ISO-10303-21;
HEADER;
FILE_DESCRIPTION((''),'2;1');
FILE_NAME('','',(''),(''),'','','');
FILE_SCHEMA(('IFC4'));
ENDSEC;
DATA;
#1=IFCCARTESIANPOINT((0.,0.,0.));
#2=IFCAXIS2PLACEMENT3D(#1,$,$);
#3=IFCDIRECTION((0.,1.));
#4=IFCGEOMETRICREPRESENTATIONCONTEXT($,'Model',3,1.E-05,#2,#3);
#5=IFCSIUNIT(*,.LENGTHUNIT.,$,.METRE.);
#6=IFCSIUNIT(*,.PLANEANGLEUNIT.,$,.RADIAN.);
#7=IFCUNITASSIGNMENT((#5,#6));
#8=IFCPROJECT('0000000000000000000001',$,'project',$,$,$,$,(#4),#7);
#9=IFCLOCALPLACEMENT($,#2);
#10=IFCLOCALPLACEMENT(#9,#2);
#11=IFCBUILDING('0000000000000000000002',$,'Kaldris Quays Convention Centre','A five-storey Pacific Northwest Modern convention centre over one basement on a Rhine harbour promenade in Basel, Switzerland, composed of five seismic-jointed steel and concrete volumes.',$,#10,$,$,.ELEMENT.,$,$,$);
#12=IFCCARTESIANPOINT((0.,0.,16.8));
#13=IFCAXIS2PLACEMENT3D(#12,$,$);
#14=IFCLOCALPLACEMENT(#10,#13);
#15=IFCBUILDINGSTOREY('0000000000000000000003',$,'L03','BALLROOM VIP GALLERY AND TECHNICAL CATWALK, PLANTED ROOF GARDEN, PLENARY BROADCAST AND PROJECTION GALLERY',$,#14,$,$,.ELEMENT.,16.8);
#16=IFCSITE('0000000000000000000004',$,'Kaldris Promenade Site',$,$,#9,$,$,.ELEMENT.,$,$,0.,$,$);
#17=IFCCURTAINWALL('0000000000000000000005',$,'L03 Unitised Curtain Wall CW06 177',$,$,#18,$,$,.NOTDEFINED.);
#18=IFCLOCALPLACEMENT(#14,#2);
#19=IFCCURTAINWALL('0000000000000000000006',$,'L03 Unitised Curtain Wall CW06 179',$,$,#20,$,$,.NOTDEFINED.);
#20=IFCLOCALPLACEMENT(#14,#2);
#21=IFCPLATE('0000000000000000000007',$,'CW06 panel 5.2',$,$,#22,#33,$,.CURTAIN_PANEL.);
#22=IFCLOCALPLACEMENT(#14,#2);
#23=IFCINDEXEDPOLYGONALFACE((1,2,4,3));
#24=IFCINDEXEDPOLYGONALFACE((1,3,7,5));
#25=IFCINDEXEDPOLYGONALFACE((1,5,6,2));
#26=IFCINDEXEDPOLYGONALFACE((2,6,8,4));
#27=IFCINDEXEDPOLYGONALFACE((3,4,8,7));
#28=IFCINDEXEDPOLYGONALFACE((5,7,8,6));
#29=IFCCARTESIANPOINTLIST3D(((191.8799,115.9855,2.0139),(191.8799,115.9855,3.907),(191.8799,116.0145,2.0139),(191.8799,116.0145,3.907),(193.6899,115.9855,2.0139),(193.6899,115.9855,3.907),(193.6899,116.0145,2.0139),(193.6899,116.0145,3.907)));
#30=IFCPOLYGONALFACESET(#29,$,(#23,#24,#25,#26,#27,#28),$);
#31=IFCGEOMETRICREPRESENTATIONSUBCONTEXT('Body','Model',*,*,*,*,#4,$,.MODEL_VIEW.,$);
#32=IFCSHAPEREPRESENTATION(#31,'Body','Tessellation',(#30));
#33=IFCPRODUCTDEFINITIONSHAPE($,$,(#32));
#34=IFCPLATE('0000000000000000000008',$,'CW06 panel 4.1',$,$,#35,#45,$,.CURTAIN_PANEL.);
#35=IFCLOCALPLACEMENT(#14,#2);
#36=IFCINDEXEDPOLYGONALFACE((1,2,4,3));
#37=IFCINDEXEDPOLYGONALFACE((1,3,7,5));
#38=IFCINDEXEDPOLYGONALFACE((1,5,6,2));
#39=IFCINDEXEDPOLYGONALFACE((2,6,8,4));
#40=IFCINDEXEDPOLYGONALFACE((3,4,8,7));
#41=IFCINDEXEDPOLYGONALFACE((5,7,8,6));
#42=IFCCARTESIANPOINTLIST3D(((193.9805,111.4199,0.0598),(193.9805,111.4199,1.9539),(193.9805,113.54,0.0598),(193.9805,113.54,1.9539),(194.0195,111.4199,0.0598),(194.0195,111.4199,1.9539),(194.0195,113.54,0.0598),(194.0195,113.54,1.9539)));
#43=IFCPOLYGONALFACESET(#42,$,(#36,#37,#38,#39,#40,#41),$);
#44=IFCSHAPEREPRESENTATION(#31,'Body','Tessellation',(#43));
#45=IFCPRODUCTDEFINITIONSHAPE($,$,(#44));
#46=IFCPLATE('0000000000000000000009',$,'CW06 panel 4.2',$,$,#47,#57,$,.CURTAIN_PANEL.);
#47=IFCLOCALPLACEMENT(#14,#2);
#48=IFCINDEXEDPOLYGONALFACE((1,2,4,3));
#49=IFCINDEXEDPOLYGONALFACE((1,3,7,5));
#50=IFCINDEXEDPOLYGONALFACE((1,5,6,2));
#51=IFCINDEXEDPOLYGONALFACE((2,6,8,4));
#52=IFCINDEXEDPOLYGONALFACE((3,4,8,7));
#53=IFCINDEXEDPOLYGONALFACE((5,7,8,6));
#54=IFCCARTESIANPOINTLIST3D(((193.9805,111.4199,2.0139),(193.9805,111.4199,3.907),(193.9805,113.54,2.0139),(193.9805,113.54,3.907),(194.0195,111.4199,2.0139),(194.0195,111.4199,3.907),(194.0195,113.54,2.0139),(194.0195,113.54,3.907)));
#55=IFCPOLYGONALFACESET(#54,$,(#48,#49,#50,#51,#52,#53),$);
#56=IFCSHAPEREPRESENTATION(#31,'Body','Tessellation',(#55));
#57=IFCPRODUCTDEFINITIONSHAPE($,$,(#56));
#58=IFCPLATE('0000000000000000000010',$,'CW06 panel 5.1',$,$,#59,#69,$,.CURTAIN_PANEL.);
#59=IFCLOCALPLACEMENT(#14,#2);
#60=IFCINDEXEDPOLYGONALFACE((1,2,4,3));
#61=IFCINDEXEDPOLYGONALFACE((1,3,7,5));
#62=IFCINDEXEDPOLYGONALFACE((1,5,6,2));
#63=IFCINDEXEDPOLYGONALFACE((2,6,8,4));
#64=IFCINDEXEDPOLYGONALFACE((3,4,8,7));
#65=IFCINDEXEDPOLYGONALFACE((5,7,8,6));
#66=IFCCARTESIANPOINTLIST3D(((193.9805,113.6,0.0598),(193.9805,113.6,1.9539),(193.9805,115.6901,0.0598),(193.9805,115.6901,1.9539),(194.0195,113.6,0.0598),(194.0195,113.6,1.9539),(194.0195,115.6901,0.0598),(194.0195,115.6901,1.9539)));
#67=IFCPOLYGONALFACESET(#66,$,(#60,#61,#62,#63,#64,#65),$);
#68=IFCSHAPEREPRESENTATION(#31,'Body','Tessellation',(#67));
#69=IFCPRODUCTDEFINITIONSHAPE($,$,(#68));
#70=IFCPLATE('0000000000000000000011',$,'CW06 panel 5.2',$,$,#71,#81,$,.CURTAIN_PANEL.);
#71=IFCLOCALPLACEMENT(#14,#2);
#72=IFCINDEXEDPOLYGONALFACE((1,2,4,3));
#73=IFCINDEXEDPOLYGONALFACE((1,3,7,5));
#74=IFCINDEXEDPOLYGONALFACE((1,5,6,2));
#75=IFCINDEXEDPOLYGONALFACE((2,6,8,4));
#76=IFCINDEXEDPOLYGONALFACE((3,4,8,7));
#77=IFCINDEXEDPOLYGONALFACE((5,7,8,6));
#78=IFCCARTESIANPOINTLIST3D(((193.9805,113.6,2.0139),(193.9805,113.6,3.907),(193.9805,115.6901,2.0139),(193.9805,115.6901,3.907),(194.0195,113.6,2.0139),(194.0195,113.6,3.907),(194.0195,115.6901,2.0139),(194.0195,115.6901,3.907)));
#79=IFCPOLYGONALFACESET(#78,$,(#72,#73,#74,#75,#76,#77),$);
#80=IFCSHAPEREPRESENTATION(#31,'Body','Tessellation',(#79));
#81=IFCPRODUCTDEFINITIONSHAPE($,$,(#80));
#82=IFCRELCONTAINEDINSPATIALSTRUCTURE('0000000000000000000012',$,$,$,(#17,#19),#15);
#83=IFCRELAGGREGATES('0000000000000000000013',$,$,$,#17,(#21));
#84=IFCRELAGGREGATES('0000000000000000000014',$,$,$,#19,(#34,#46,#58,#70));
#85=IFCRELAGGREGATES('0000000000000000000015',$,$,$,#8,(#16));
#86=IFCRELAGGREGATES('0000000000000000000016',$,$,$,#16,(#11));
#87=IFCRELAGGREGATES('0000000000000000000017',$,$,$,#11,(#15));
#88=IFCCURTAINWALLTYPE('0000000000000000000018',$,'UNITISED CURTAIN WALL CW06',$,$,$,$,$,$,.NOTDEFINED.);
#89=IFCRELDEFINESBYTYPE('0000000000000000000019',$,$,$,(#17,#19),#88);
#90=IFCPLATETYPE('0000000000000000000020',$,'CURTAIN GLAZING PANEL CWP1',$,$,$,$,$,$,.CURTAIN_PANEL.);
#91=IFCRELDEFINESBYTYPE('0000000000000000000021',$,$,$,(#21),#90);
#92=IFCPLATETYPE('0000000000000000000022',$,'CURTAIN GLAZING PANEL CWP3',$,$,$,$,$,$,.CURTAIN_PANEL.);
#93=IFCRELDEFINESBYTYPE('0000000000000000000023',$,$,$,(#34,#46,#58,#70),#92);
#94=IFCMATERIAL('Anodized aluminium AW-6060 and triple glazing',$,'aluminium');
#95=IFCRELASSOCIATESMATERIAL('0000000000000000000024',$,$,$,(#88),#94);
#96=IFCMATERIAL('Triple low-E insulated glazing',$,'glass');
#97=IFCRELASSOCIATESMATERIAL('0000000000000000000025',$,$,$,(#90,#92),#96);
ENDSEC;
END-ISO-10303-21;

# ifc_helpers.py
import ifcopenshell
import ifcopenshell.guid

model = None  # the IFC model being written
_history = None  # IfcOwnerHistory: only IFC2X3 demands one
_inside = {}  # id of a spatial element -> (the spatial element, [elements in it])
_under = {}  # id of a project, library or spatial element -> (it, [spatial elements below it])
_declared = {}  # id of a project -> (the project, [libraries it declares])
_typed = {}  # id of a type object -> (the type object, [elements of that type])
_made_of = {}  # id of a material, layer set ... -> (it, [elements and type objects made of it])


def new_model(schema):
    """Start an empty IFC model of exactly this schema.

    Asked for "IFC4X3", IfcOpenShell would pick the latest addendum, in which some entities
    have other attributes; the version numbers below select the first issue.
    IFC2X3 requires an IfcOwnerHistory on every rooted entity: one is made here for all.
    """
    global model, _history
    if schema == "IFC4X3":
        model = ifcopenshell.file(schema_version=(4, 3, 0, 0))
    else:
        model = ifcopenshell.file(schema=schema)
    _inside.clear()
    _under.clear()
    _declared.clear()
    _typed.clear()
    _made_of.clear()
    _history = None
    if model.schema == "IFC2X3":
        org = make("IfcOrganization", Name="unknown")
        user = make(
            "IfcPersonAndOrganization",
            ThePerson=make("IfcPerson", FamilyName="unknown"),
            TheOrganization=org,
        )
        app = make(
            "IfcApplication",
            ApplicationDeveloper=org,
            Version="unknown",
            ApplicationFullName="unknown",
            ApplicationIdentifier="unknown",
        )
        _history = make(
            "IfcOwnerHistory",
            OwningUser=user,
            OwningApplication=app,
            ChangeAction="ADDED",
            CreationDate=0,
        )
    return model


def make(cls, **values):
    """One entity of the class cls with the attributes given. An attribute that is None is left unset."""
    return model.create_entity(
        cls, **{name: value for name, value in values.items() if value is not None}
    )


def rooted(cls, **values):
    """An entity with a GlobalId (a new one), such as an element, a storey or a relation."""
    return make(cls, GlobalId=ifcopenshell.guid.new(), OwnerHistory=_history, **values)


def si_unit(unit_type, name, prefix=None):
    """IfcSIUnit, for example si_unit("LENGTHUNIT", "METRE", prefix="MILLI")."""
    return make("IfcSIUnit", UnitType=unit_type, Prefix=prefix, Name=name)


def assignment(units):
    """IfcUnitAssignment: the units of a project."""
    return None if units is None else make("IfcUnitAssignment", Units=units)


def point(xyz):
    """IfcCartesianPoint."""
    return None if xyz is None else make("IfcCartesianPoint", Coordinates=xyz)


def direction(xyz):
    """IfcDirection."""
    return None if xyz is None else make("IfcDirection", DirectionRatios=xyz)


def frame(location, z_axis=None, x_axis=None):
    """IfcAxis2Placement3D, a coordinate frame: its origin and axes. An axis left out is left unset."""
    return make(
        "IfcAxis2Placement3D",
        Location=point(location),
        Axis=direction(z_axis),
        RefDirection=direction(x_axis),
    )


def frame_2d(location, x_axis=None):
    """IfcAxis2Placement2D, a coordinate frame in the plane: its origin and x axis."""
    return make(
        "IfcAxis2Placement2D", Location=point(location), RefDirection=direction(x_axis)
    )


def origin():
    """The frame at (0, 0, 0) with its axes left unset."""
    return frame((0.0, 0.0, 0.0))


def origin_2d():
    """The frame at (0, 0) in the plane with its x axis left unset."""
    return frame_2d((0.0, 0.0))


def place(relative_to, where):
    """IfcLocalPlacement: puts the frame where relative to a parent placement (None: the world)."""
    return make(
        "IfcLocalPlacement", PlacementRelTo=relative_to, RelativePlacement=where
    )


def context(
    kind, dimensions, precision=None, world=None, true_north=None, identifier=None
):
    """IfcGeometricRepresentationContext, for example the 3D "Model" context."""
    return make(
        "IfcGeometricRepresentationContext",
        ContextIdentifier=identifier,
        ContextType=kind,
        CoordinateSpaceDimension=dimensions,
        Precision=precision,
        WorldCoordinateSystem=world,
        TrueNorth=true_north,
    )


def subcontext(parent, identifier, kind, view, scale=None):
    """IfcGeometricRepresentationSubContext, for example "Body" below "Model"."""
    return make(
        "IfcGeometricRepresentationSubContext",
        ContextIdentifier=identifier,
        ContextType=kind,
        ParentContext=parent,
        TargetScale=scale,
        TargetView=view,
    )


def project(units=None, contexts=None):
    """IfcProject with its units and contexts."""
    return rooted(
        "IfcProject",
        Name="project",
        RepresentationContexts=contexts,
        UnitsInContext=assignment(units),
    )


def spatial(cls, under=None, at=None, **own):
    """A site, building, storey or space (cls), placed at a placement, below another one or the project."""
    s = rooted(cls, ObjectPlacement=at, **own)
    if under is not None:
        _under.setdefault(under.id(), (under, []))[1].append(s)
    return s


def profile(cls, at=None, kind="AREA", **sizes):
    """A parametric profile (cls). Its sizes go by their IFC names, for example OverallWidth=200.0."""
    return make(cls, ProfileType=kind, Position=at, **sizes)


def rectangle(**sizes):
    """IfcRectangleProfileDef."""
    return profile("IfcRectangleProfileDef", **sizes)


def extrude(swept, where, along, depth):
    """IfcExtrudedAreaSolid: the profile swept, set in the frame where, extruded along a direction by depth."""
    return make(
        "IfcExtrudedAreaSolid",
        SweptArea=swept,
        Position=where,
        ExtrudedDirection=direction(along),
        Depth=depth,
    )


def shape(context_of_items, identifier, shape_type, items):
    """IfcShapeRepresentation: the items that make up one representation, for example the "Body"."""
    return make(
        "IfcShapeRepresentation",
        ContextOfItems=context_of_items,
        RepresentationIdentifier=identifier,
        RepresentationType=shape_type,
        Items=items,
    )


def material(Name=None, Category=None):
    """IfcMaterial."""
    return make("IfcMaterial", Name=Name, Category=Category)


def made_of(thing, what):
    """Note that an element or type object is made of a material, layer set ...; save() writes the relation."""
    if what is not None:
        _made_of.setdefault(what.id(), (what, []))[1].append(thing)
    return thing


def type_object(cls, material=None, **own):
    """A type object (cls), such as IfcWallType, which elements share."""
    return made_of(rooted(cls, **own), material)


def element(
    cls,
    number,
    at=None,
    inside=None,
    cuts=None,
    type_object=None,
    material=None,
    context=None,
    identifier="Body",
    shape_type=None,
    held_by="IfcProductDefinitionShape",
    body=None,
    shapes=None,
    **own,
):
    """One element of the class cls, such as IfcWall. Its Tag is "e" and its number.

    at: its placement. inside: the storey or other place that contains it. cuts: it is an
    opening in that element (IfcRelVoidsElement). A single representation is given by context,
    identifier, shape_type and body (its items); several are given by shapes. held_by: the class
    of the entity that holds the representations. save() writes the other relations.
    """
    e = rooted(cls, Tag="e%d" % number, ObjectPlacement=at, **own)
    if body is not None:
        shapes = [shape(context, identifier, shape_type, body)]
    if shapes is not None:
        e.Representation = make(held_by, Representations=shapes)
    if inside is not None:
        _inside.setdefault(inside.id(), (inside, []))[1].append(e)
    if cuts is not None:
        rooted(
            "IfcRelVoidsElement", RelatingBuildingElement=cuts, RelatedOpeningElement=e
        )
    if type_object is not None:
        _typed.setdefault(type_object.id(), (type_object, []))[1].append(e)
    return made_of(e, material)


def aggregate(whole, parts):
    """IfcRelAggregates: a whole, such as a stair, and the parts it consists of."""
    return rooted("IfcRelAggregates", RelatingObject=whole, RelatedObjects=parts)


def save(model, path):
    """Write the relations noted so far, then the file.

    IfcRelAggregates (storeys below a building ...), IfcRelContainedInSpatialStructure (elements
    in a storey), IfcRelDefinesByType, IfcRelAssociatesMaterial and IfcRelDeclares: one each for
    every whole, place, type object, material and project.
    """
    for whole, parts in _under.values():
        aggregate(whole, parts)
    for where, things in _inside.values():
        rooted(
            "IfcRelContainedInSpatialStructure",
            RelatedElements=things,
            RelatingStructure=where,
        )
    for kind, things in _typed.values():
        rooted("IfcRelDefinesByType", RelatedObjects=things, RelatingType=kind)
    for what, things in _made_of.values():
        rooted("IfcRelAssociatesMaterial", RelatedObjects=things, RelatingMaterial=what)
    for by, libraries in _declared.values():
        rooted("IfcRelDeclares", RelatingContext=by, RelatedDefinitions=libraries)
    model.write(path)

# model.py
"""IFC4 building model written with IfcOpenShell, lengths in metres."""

from ifc_helpers import new_model, si_unit, direction, frame, origin, origin_2d, place, context, subcontext, project, spatial, rectangle, extrude, material, type_object, element, aggregate, save


model = new_model("IFC4")

# Units and contexts
model_context = context("Model", 3, precision=1e-05, world=origin(), true_north=direction((0.0, 1.0)))
body_context = subcontext(model_context, "Body", "Model", "MODEL_VIEW")
ifc_project = project(units=[si_unit("LENGTHUNIT", "METRE"), si_unit("PLANEANGLEUNIT", "RADIAN")], contexts=[model_context])

# Site, building, storey
site_placement = place(None, origin())
site = spatial("IfcSite", under=ifc_project, at=site_placement, Name="Kaldris Promenade Site", CompositionType="ELEMENT", RefElevation=0.0)
building_placement = place(site_placement, origin())
building = spatial("IfcBuilding", under=site, at=building_placement, Name="Kaldris Quays Convention Centre", Description="A five-storey Pacific Northwest Modern convention centre over one basement on a Rhine harbour promenade in Basel, Switzerland, composed of five seismic-jointed steel and concrete volumes.", CompositionType="ELEMENT")
storey_placement = place(building_placement, frame((0.0, 0.0, 16.8)))
storey = spatial("IfcBuildingStorey", under=building, at=storey_placement, Name="L03", Description="BALLROOM VIP GALLERY AND TECHNICAL CATWALK, PLANTED ROOF GARDEN, PLENARY BROADCAST AND PROJECTION GALLERY", CompositionType="ELEMENT", Elevation=16.8)

# Curtain walls
ifc_material_1 = material(Name="Anodized aluminium AW-6060 and triple glazing", Category="aluminium")
curtain_wall_type = type_object("IfcCurtainWallType", Name="UNITISED CURTAIN WALL CW06", PredefinedType="NOTDEFINED", material=ifc_material_1)
curtain_wall_1_placement = place(storey_placement, origin())
curtain_wall_1 = element("IfcCurtainWall", 1, at=curtain_wall_1_placement, inside=storey, type_object=curtain_wall_type, Name="L03 Unitised Curtain Wall CW06 177", PredefinedType="NOTDEFINED")
curtain_wall_2_placement = place(storey_placement, origin())
curtain_wall_2 = element("IfcCurtainWall", 2, at=curtain_wall_2_placement, inside=storey, type_object=curtain_wall_type, Name="L03 Unitised Curtain Wall CW06 179", PredefinedType="NOTDEFINED")

# Plates
ifc_material_2 = material(Name="Triple low-E insulated glazing", Category="glass")
plate_type_1 = type_object("IfcPlateType", Name="CURTAIN GLAZING PANEL CWP1", PredefinedType="CURTAIN_PANEL", material=ifc_material_2)
plate_1_placement = place(storey_placement, frame((192.7849, 116.0, 2.0139), z_axis=(0.0, 0.0, 1.0), x_axis=(1.0, 0.0, 0.0)))
plate_1 = element("IfcPlate", 3, at=plate_1_placement, type_object=plate_type_1, Name="CW06 panel 5.2", PredefinedType="CURTAIN_PANEL", context=body_context, shape_type="SweptSolid", body=[
    extrude(rectangle(XDim=1.8101, YDim=0.0291, at=origin_2d()), origin(), (0.0, 0.0, 1.0), 1.8931),
])
aggregate(curtain_wall_1, [plate_1])
plate_type_2 = type_object("IfcPlateType", Name="CURTAIN GLAZING PANEL CWP3", PredefinedType="CURTAIN_PANEL", material=ifc_material_2)
plate_2_placement = place(storey_placement, frame((194.0, 112.48, 0.0598), z_axis=(0.0, 0.0, 1.0), x_axis=(0.0, 1.0, 0.0)))
plate_2 = element("IfcPlate", 4, at=plate_2_placement, type_object=plate_type_2, Name="CW06 panel 4.1", PredefinedType="CURTAIN_PANEL", context=body_context, shape_type="SweptSolid", body=[
    extrude(rectangle(XDim=2.1201, YDim=0.0391, at=origin_2d()), origin(), (0.0, 0.0, 1.0), 1.894),
])
plate_3_placement = place(storey_placement, frame((194.0, 112.48, 2.0139), z_axis=(0.0, 0.0, 1.0), x_axis=(0.0, 1.0, 0.0)))
plate_3 = element("IfcPlate", 5, at=plate_3_placement, type_object=plate_type_2, Name="CW06 panel 4.2", PredefinedType="CURTAIN_PANEL", context=body_context, shape_type="SweptSolid", body=[
    extrude(rectangle(XDim=2.1201, YDim=0.0391, at=origin_2d()), origin(), (0.0, 0.0, 1.0), 1.8931),
])
plate_4_placement = place(storey_placement, frame((194.0, 114.645, 0.0598), z_axis=(0.0, 0.0, 1.0), x_axis=(0.0, 1.0, 0.0)))
plate_4 = element("IfcPlate", 6, at=plate_4_placement, type_object=plate_type_2, Name="CW06 panel 5.1", PredefinedType="CURTAIN_PANEL", context=body_context, shape_type="SweptSolid", body=[
    extrude(rectangle(XDim=2.0901, YDim=0.0391, at=origin_2d()), origin(), (0.0, 0.0, 1.0), 1.894),
])
plate_5_placement = place(storey_placement, frame((194.0, 114.645, 2.0139), z_axis=(0.0, 0.0, 1.0), x_axis=(0.0, 1.0, 0.0)))
plate_5 = element("IfcPlate", 7, at=plate_5_placement, type_object=plate_type_2, Name="CW06 panel 5.2", PredefinedType="CURTAIN_PANEL", context=body_context, shape_type="SweptSolid", body=[
    extrude(rectangle(XDim=2.0901, YDim=0.0391, at=origin_2d()), origin(), (0.0, 0.0, 1.0), 1.8931),
])
aggregate(curtain_wall_2, [plate_2, plate_3, plate_4, plate_5])

save(model, "model.ifc")
